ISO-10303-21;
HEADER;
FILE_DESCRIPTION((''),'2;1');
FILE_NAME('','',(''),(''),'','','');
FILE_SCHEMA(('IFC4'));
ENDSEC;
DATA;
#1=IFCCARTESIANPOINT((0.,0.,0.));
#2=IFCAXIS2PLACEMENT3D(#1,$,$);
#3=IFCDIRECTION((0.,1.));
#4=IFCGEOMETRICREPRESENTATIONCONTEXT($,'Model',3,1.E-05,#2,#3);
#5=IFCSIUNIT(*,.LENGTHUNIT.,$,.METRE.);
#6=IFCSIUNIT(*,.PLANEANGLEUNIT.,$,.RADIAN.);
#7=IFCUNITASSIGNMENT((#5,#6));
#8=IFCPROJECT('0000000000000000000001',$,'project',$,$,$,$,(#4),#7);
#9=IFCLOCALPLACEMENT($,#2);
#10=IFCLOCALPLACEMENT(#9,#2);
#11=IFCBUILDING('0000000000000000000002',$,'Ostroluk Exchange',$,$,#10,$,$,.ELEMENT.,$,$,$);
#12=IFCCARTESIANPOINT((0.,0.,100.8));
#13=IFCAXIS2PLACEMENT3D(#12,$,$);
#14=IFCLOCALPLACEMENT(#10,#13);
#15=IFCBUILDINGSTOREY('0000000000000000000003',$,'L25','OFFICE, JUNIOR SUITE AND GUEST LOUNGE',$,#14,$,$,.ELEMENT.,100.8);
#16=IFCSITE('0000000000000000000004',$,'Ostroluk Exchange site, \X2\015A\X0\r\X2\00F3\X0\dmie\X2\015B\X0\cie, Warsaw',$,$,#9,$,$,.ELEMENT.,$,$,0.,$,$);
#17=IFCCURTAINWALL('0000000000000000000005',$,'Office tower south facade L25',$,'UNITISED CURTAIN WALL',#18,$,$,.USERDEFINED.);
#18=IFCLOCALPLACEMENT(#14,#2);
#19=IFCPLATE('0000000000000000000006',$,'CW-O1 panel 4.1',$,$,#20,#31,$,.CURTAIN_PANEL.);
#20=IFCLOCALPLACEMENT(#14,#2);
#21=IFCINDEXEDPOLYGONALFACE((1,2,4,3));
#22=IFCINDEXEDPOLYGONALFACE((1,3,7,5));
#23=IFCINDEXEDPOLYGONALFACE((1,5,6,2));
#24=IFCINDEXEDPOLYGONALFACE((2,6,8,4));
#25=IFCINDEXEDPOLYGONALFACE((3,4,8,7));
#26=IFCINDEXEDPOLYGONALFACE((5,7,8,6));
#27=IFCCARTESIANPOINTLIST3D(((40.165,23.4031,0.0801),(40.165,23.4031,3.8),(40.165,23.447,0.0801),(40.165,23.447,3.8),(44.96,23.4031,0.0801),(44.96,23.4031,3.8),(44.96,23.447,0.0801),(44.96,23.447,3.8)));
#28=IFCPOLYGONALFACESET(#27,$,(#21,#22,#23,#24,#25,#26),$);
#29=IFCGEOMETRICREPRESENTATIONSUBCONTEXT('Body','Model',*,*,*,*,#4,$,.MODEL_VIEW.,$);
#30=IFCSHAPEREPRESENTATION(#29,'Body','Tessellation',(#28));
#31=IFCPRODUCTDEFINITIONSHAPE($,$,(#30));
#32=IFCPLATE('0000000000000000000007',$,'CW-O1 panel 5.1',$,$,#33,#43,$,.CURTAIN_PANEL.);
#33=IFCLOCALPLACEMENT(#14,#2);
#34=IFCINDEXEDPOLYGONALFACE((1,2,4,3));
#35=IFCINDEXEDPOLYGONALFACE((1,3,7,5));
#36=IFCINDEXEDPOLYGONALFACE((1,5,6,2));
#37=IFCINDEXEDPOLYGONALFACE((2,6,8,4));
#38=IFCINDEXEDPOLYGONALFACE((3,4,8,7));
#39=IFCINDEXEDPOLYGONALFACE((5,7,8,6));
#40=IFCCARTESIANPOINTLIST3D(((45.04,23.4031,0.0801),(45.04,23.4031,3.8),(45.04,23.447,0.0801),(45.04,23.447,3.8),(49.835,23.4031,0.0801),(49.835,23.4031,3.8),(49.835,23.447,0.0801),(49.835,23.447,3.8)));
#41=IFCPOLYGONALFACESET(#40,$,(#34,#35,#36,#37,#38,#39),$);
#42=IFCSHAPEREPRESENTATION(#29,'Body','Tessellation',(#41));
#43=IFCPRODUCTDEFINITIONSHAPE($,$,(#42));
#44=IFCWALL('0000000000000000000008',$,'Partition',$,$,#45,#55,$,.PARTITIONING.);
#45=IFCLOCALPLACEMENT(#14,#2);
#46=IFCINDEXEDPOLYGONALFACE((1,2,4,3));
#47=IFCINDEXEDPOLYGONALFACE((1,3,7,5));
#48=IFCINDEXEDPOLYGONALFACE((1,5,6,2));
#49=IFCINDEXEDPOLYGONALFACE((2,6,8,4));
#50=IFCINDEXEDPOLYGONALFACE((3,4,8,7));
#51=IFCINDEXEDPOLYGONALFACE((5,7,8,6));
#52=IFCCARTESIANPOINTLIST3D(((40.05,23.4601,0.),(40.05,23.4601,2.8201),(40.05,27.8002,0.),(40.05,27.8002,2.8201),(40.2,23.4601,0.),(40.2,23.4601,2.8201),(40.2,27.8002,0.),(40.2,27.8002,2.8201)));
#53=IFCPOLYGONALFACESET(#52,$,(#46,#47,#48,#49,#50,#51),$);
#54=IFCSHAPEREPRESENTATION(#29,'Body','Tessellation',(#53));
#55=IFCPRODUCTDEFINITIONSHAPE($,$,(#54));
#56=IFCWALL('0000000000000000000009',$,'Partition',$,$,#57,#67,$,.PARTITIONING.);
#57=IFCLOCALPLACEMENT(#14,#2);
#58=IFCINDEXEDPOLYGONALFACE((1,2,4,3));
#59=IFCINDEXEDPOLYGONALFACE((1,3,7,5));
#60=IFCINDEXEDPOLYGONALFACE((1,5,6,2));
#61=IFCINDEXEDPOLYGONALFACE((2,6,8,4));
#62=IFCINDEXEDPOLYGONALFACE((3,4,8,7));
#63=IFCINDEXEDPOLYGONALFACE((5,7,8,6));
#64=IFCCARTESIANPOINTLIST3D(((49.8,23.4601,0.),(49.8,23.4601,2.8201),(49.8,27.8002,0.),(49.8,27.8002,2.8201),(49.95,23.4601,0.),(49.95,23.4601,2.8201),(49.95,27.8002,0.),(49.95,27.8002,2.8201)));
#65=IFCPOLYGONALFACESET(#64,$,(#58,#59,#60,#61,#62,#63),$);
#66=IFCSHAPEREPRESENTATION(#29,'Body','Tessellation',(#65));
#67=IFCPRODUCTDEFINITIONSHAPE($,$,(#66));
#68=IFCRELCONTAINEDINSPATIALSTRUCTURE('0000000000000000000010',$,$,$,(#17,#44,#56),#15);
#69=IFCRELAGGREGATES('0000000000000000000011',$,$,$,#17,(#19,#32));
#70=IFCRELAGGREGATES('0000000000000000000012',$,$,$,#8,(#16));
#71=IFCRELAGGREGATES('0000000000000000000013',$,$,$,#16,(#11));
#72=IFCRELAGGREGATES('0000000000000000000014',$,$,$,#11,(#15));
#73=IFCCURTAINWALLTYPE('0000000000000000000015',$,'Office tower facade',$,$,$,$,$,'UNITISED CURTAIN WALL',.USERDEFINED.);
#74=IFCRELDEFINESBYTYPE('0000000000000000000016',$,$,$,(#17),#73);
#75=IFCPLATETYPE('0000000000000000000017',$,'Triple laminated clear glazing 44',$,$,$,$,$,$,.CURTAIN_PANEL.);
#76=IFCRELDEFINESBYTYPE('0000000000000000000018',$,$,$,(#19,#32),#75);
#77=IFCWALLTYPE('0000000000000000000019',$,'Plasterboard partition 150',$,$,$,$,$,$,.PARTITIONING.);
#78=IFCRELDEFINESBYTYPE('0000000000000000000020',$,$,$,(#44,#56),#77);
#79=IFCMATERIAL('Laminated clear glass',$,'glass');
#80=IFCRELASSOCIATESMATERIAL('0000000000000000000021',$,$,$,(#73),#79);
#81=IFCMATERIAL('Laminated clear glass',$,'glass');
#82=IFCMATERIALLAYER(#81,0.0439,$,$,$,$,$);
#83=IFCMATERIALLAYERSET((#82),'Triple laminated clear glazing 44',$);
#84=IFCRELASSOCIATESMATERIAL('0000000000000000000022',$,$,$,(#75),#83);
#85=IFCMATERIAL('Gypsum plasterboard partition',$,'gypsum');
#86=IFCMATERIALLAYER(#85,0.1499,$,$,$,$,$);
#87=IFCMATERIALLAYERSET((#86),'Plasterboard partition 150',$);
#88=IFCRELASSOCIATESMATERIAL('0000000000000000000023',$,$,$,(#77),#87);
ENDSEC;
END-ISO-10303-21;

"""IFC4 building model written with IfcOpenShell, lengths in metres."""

from ifc_helpers import new_model, si_unit, direction, frame, frame_2d, origin, origin_2d, place, context, subcontext, project, spatial, rectangle, extrude, material, layer, layer_set, type_object, element, aggregate, save


model = new_model("IFC4")

# Units and contexts
model_context = context("Model", 3, precision=1e-05, world=origin(), true_north=direction((0.0, 1.0)))
body_context = subcontext(model_context, "Body", "Model", "MODEL_VIEW")
ifc_project = project(units=[si_unit("LENGTHUNIT", "METRE"), si_unit("PLANEANGLEUNIT", "RADIAN")], contexts=[model_context])

# Site, building, storey
site_placement = place(None, origin())
site = spatial("IfcSite", under=ifc_project, at=site_placement, Name="Ostroluk Exchange site, Śródmieście, Warsaw", CompositionType="ELEMENT", RefElevation=0.0)
building_placement = place(site_placement, origin())
building = spatial("IfcBuilding", under=site, at=building_placement, Name="Ostroluk Exchange", CompositionType="ELEMENT")
storey_placement = place(building_placement, frame((0.0, 0.0, 100.8)))
storey = spatial("IfcBuildingStorey", under=building, at=storey_placement, Name="L25", Description="OFFICE, JUNIOR SUITE AND GUEST LOUNGE", CompositionType="ELEMENT", Elevation=100.8)

# Curtain wall, plates
ifc_material_1 = material(Name="Laminated clear glass", Category="glass")
curtain_wall_type = type_object("IfcCurtainWallType", Name="Office tower facade", ElementType="UNITISED CURTAIN WALL", PredefinedType="USERDEFINED", material=ifc_material_1)
curtain_wall_placement = place(storey_placement, origin())
curtain_wall = element("IfcCurtainWall", 1, at=curtain_wall_placement, inside=storey, type_object=curtain_wall_type, Name="Office tower south facade L25", ObjectType="UNITISED CURTAIN WALL", PredefinedType="USERDEFINED")
ifc_material_2 = material(Name="Laminated clear glass", Category="glass")
ifc_layer_1 = layer(ifc_material_2, 0.0439)
ifc_layer_set_1 = layer_set([ifc_layer_1], Name="Triple laminated clear glazing 44")
plate_type = type_object("IfcPlateType", Name="Triple laminated clear glazing 44", PredefinedType="CURTAIN_PANEL", material=ifc_layer_set_1)
plate_1_placement = place(storey_placement, frame((42.5625, 23.425, 0.0801), z_axis=(0.0, 0.0, 1.0), x_axis=(1.0, 0.0, 0.0)))
plate_1 = element("IfcPlate", 2, at=plate_1_placement, type_object=plate_type, Name="CW-O1 panel 4.1", PredefinedType="CURTAIN_PANEL", context=body_context, shape_type="SweptSolid", body=[
    extrude(rectangle(XDim=4.7949, YDim=0.0439, at=origin_2d()), origin(), (0.0, 0.0, 1.0), 3.72),
])
plate_2_placement = place(storey_placement, frame((47.4375, 23.425, 0.0801), z_axis=(0.0, 0.0, 1.0), x_axis=(1.0, 0.0, 0.0)))
plate_2 = element("IfcPlate", 3, at=plate_2_placement, type_object=plate_type, Name="CW-O1 panel 5.1", PredefinedType="CURTAIN_PANEL", context=body_context, shape_type="SweptSolid", body=[
    extrude(rectangle(XDim=4.7949, YDim=0.0439, at=origin_2d()), origin(), (0.0, 0.0, 1.0), 3.72),
])
aggregate(curtain_wall, [plate_1, plate_2])

# Walls
ifc_material_3 = material(Name="Gypsum plasterboard partition", Category="gypsum")
ifc_layer_2 = layer(ifc_material_3, 0.1499)
ifc_layer_set_2 = layer_set([ifc_layer_2], Name="Plasterboard partition 150")
wall_type = type_object("IfcWallType", Name="Plasterboard partition 150", PredefinedType="PARTITIONING", material=ifc_layer_set_2)
for number, where, z_axis, x_axis, name in (
    (4, (40.125, 27.8, 0.0), (0.0, 0.0, 1.0), (0.0, -1.0, 0.0), "Partition"),
    (5, (49.875, 27.8, 0.0), (0.0, 0.0, 1.0), (0.0, -1.0, 0.0), "Partition"),
):
    element("IfcWall", number, at=place(storey_placement, frame(where, z_axis=z_axis, x_axis=x_axis)), inside=storey, type_object=wall_type, Name=name, PredefinedType="PARTITIONING", context=body_context, shape_type="SweptSolid", body=[
        extrude(rectangle(XDim=4.3401, YDim=0.1499, at=frame_2d((2.1699, 0.0))), origin(), (0.0, 0.0, 1.0), 2.8201),
    ])

save(model, "model.ifc")
